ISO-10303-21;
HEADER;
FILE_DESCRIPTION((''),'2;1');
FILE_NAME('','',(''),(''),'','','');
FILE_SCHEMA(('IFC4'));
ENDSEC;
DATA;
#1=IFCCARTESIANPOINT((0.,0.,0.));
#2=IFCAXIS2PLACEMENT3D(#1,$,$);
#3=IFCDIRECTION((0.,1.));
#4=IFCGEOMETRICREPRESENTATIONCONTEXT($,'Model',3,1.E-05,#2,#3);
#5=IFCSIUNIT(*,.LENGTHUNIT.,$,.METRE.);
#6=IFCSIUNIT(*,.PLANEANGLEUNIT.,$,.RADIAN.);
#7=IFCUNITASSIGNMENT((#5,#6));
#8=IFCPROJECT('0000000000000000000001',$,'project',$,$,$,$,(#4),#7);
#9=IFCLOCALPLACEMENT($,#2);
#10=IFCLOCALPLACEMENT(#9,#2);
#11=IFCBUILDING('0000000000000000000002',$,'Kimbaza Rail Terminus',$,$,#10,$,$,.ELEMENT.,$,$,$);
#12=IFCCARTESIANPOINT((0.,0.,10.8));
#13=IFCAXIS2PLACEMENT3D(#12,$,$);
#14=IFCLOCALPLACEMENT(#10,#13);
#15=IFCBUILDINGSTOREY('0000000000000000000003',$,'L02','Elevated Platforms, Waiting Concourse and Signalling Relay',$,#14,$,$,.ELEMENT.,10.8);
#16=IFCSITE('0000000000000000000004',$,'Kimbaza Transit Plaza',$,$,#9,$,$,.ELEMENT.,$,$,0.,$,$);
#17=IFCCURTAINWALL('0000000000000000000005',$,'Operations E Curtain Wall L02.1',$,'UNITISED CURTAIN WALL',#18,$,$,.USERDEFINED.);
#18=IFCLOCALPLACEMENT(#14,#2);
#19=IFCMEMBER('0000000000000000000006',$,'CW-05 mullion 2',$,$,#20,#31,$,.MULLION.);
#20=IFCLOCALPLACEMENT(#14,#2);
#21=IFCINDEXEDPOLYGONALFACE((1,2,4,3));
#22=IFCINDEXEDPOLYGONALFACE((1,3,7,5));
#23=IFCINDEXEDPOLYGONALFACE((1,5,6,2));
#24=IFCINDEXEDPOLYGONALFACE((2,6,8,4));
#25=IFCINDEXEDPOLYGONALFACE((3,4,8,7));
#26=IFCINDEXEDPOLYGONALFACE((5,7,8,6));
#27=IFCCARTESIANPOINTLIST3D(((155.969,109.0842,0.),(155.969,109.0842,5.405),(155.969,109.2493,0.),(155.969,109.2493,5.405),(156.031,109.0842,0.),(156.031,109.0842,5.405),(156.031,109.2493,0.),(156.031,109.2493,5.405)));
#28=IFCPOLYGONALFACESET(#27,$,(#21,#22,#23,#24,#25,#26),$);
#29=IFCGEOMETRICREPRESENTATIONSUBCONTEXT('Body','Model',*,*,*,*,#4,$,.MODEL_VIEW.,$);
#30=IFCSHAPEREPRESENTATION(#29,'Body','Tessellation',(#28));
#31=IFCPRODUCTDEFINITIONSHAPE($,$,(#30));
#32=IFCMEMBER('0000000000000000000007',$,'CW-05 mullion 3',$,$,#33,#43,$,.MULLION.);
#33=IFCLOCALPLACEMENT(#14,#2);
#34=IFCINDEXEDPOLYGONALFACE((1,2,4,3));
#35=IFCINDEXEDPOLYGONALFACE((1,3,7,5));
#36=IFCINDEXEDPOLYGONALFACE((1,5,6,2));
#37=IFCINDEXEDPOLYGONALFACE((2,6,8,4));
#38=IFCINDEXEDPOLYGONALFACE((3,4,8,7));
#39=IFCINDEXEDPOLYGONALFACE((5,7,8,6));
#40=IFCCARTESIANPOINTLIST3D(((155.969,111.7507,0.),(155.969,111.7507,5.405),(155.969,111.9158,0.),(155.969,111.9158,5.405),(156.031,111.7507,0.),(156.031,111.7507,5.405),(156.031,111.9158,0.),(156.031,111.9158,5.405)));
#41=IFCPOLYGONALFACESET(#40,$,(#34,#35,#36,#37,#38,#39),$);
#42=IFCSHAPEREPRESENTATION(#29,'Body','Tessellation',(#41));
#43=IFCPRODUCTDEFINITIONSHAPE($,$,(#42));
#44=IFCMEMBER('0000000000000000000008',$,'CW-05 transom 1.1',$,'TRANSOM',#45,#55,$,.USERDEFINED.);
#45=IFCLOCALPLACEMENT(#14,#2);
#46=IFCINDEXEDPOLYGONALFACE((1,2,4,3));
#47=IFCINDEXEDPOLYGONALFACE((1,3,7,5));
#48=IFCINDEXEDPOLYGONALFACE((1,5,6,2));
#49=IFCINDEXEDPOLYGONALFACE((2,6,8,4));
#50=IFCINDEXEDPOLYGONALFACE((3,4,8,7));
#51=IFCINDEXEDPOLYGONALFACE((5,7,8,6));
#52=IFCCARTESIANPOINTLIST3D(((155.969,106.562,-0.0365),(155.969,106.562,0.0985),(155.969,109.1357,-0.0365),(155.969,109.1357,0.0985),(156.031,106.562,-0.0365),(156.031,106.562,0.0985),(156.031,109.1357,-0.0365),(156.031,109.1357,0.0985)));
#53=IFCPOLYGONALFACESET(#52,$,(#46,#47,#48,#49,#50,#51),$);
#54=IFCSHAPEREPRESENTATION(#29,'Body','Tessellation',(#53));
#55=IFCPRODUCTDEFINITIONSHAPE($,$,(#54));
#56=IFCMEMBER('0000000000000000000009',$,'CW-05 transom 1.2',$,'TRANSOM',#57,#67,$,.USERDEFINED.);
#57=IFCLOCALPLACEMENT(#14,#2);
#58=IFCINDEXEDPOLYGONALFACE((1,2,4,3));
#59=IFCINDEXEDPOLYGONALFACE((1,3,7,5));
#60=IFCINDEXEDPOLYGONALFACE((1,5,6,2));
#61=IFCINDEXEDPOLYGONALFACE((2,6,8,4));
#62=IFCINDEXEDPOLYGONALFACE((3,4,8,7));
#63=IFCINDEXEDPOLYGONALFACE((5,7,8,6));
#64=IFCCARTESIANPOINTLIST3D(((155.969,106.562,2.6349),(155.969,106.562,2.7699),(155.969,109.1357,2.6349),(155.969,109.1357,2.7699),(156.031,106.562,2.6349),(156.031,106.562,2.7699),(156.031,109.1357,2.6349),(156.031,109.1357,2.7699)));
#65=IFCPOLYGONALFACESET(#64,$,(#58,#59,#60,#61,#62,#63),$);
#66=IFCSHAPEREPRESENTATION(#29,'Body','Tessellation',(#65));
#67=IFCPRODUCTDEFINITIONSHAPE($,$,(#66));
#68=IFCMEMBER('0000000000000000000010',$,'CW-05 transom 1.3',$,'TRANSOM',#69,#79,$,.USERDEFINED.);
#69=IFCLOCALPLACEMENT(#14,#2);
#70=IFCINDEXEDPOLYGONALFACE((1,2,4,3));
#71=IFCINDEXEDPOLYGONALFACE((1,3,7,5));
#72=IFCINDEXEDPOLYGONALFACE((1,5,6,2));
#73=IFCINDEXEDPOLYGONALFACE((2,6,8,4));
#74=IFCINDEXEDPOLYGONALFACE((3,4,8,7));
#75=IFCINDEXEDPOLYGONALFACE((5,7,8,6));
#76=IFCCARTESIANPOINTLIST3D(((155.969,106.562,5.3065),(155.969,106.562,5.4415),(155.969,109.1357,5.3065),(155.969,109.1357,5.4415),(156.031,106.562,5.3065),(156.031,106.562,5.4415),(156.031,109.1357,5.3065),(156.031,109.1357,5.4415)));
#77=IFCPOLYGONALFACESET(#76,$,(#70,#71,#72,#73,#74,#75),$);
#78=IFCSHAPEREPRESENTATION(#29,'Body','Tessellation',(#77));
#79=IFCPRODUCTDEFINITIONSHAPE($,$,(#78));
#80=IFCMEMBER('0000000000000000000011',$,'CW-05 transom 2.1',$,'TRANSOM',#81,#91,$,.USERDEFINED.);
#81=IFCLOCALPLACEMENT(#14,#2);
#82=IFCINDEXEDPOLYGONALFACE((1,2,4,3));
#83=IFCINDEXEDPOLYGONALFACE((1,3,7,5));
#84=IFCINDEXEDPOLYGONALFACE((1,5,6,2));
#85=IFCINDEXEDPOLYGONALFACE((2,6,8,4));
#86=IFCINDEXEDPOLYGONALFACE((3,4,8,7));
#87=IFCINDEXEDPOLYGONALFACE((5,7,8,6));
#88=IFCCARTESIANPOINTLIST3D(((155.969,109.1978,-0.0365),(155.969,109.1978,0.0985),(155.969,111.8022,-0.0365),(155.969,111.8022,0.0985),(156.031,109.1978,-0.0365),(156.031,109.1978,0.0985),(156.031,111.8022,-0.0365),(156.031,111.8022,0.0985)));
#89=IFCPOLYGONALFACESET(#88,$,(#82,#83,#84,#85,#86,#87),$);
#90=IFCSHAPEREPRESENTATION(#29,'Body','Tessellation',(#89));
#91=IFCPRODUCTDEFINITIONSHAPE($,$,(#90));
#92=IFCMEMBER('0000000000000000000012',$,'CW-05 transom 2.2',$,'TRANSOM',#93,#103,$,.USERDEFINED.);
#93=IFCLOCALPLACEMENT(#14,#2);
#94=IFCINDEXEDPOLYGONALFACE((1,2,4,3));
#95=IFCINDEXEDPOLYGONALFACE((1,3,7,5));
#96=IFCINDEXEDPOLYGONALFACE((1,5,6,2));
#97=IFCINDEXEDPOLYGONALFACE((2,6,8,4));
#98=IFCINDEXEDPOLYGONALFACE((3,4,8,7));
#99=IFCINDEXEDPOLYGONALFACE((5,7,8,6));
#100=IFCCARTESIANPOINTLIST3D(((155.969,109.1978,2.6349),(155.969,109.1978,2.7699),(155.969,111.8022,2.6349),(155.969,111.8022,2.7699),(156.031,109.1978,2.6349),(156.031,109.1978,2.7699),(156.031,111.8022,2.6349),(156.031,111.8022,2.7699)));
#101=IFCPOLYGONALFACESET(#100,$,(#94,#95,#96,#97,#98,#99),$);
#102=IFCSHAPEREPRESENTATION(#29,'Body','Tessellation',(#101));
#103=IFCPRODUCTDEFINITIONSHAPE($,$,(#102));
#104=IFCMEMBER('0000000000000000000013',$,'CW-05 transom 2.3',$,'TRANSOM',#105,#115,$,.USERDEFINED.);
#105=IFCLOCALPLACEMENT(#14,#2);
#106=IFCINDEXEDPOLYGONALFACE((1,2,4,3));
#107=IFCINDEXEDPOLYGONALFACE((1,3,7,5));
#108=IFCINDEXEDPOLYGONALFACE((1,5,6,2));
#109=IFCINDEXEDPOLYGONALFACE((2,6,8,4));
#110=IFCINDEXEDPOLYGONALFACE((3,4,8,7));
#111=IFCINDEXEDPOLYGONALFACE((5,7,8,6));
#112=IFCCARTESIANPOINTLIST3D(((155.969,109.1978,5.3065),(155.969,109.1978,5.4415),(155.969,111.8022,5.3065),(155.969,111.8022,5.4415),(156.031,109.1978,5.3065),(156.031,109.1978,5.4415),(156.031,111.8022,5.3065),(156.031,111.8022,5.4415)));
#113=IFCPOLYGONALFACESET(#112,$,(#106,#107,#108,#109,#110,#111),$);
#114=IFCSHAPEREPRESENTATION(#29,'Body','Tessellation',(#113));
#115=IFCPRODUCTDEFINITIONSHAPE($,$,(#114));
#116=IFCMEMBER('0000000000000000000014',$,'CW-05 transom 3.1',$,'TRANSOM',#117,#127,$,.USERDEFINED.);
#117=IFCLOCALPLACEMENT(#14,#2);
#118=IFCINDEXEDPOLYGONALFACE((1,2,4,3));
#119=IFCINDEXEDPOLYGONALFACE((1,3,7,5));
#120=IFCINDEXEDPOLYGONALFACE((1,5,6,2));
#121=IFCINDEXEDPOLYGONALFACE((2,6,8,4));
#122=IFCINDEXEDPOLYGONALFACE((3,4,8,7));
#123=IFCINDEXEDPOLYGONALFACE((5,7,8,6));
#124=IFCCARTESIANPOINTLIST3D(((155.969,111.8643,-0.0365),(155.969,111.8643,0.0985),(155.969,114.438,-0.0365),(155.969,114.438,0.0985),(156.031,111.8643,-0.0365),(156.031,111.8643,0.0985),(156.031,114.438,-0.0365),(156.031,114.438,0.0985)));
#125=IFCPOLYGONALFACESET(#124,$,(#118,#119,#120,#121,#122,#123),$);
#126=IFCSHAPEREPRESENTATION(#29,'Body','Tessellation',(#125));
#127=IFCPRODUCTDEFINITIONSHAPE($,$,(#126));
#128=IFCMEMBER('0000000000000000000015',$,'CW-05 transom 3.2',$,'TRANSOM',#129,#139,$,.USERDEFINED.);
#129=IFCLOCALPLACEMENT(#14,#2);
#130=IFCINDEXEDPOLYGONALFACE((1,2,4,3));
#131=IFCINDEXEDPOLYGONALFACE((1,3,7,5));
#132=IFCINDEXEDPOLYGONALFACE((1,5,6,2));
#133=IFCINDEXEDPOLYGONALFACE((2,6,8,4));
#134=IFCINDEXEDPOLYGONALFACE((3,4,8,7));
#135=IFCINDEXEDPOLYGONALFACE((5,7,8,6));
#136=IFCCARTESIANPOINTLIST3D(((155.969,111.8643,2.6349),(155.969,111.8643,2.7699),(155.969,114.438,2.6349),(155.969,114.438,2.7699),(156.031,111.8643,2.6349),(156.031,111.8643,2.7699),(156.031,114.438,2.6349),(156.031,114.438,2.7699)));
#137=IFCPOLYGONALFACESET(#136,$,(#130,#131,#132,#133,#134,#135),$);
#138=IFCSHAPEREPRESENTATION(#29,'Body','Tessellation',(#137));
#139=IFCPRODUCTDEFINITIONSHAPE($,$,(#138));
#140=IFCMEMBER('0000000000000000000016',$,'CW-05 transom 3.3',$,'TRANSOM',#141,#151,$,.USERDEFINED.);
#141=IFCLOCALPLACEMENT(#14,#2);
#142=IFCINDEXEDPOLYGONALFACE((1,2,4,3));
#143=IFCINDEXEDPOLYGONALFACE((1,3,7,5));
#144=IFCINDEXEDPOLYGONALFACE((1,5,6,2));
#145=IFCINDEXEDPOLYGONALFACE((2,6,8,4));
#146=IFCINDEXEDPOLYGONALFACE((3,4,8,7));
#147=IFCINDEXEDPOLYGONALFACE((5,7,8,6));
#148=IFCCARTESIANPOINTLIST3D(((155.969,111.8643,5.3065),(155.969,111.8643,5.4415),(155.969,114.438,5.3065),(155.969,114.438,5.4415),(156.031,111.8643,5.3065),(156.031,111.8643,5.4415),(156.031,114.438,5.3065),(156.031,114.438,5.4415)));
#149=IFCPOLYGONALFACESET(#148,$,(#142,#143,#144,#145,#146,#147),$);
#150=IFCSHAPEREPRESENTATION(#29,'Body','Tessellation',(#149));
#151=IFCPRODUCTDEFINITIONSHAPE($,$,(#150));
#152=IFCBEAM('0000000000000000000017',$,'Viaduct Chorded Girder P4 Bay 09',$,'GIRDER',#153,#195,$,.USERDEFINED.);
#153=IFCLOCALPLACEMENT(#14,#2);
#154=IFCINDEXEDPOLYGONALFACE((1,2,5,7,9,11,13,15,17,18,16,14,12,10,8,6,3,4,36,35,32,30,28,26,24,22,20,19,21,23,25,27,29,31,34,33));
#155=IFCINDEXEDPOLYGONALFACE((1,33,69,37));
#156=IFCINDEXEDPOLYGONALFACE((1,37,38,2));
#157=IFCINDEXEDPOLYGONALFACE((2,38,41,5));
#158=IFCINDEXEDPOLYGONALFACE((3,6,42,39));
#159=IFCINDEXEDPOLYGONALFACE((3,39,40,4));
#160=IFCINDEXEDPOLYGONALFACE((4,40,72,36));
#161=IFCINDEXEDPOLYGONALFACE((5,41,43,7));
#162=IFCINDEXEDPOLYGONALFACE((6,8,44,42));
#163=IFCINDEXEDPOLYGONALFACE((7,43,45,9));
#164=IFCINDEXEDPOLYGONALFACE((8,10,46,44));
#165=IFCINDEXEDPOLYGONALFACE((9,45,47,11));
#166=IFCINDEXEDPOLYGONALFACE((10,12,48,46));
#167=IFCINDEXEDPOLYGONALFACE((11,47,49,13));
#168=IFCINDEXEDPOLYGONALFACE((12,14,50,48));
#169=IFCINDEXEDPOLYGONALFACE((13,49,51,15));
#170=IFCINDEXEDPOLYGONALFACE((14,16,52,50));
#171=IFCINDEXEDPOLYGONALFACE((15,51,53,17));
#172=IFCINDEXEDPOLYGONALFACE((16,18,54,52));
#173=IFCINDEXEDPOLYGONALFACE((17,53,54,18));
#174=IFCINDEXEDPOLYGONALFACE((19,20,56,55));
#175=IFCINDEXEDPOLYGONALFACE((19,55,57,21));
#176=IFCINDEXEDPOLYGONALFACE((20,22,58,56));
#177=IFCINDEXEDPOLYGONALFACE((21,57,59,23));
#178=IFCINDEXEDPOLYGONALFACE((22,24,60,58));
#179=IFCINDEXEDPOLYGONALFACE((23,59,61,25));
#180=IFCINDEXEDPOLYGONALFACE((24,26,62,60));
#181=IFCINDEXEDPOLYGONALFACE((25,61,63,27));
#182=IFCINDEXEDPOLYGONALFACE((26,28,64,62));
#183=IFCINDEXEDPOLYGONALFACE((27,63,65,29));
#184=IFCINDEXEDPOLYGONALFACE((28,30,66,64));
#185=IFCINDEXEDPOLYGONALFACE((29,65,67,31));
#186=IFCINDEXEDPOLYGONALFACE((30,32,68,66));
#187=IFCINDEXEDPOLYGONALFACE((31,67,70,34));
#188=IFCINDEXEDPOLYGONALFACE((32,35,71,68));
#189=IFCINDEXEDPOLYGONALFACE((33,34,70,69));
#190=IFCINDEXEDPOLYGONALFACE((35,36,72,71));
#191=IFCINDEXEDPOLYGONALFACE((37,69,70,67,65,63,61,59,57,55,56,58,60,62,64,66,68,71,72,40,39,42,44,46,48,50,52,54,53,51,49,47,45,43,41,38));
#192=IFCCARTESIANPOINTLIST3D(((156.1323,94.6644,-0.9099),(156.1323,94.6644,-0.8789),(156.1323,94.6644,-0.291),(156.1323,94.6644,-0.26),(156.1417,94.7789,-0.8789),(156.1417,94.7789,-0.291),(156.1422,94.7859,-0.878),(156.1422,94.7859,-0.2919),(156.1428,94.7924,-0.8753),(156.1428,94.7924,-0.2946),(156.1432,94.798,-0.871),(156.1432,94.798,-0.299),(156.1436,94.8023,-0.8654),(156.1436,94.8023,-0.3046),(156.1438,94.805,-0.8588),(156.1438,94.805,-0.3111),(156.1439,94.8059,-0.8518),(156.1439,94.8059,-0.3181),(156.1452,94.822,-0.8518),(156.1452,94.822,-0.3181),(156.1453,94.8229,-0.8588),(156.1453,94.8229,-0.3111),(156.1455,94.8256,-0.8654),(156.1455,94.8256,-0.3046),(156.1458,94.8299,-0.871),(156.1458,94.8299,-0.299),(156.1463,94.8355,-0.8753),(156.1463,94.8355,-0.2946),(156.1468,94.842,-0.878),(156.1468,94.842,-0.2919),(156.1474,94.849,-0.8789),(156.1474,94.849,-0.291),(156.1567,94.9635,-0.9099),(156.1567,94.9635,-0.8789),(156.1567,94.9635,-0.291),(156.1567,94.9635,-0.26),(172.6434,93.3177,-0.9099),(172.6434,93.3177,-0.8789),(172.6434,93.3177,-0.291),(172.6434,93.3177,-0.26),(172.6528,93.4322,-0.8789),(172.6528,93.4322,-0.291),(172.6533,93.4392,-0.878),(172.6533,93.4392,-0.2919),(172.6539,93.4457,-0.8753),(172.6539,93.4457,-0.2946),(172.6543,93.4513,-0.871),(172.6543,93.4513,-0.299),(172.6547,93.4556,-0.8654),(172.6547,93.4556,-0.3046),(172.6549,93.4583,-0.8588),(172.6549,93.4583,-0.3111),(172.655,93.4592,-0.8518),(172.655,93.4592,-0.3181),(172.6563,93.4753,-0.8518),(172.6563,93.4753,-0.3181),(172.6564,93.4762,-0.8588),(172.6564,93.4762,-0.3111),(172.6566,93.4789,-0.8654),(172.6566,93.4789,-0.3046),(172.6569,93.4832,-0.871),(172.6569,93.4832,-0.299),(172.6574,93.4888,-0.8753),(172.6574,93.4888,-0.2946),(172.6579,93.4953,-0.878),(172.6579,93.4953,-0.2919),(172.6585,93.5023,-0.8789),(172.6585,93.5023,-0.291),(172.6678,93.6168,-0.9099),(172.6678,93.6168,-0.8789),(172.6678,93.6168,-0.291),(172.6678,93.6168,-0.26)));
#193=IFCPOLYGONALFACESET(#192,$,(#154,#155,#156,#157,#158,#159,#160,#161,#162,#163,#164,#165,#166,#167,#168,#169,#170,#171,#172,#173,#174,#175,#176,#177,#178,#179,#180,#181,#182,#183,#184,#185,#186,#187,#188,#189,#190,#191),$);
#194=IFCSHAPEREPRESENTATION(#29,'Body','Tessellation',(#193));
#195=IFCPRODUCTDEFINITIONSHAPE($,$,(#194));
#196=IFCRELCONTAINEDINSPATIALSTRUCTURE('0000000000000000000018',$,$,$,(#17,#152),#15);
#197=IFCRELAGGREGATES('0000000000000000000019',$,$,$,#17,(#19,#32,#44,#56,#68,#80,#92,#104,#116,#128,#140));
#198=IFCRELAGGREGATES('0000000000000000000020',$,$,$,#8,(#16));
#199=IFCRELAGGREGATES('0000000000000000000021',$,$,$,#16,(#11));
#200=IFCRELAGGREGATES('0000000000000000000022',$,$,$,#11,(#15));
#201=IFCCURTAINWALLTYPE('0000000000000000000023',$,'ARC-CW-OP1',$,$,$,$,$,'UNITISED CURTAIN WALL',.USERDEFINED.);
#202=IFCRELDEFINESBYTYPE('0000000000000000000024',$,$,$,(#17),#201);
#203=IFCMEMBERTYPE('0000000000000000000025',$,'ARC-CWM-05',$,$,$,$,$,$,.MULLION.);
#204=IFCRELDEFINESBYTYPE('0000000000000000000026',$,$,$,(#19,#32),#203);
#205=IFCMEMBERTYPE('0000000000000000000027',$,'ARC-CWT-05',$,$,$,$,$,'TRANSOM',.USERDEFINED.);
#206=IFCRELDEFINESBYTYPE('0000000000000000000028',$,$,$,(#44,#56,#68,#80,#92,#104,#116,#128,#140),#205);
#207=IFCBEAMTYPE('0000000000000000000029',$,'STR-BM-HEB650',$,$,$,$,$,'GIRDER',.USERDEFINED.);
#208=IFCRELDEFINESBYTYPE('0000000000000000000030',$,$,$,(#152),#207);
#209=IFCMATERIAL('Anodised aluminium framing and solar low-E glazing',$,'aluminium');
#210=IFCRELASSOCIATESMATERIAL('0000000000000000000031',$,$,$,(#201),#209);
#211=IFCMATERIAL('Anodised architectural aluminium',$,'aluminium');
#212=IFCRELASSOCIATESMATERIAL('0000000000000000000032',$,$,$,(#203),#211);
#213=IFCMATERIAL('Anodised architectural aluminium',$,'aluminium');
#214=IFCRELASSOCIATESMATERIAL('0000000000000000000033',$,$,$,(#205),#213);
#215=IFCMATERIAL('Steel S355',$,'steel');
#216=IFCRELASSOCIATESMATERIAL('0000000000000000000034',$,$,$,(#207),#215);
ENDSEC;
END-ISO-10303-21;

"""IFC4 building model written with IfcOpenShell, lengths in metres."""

from ifc_helpers import new_model, si_unit, direction, frame, origin, origin_2d, place, context, subcontext, project, spatial, rectangle, i_section, extrude, material, material_profile, profile_set, type_object, element, aggregate, save


model = new_model("IFC4")

# Units and contexts
model_context = context("Model", 3, precision=1e-05, world=origin(), true_north=direction((0.0, 1.0)))
body_context = subcontext(model_context, "Body", "Model", "MODEL_VIEW")
ifc_project = project(units=[si_unit("LENGTHUNIT", "METRE"), si_unit("PLANEANGLEUNIT", "RADIAN")], contexts=[model_context])

# Site, building, storey
site_placement = place(None, origin())
site = spatial("IfcSite", under=ifc_project, at=site_placement, Name="Kimbaza Transit Plaza", CompositionType="ELEMENT", RefElevation=0.0)
building_placement = place(site_placement, origin())
building = spatial("IfcBuilding", under=site, at=building_placement, Name="Kimbaza Rail Terminus", CompositionType="ELEMENT")
storey_placement = place(building_placement, frame((0.0, 0.0, 10.8)))
storey = spatial("IfcBuildingStorey", under=building, at=storey_placement, Name="L02", Description="Elevated Platforms, Waiting Concourse and Signalling Relay", CompositionType="ELEMENT", Elevation=10.8)

# Curtain wall, members
ifc_material_1 = material(Name="Anodised aluminium framing and solar low-E glazing", Category="aluminium")
curtain_wall_type = type_object("IfcCurtainWallType", Name="ARC-CW-OP1", ElementType="UNITISED CURTAIN WALL", PredefinedType="USERDEFINED", material=ifc_material_1)
curtain_wall_placement = place(storey_placement, origin())
curtain_wall = element("IfcCurtainWall", 1, at=curtain_wall_placement, inside=storey, type_object=curtain_wall_type, Name="Operations E Curtain Wall L02.1", ObjectType="UNITISED CURTAIN WALL", PredefinedType="USERDEFINED")
ifc_material_2 = material(Name="Anodised architectural aluminium", Category="aluminium")
ifc_material_profile_1 = material_profile(ifc_material_2, rectangle(XDim=0.062, YDim=0.165, at=origin_2d()), Name="MULLION 62x165")
ifc_profile_set_1 = profile_set([ifc_material_profile_1], Name="Anodised architectural aluminium")
member_type_1 = type_object("IfcMemberType", Name="ARC-CWM-05", PredefinedType="MULLION", material=ifc_profile_set_1)
member_1_placement = place(storey_placement, frame((156.0, 109.1667, 0.0), z_axis=(0.0, 0.0, 1.0), x_axis=(-1.0, 0.0, 0.0)))
member_1 = element("IfcMember", 2, at=member_1_placement, type_object=member_type_1, Name="CW-05 mullion 2", PredefinedType="MULLION", context=body_context, shape_type="SweptSolid", body=[
    extrude(rectangle(XDim=0.062, YDim=0.165, at=origin_2d()), origin(), (0.0, 0.0, 1.0), 5.405),
])
member_2_placement = place(storey_placement, frame((156.0, 111.8333, 0.0), z_axis=(0.0, 0.0, 1.0), x_axis=(-1.0, 0.0, 0.0)))
member_2 = element("IfcMember", 3, at=member_2_placement, type_object=member_type_1, Name="CW-05 mullion 3", PredefinedType="MULLION", context=body_context, shape_type="SweptSolid", body=[
    extrude(rectangle(XDim=0.062, YDim=0.165, at=origin_2d()), origin(), (0.0, 0.0, 1.0), 5.405),
])
ifc_material_3 = material(Name="Anodised architectural aluminium", Category="aluminium")
ifc_material_profile_2 = material_profile(ifc_material_3, rectangle(XDim=0.062, YDim=0.135, at=origin_2d()), Name="TRANSOM 62x135")
ifc_profile_set_2 = profile_set([ifc_material_profile_2], Name="Anodised architectural aluminium")
member_type_2 = type_object("IfcMemberType", Name="ARC-CWT-05", ElementType="TRANSOM", PredefinedType="USERDEFINED", material=ifc_profile_set_2)
member_3_placement = place(storey_placement, frame((156.0, 106.562, 0.031), z_axis=(0.0, 1.0, 0.0), x_axis=(-1.0, 0.0, 0.0)))
member_3 = element("IfcMember", 4, at=member_3_placement, type_object=member_type_2, Name="CW-05 transom 1.1", ObjectType="TRANSOM", PredefinedType="USERDEFINED", context=body_context, shape_type="SweptSolid", body=[
    extrude(rectangle(XDim=0.062, YDim=0.135, at=origin_2d()), origin(), (0.0, 0.0, 1.0), 2.5737),
])
member_4_placement = place(storey_placement, frame((156.0, 106.562, 2.7024), z_axis=(0.0, 1.0, 0.0), x_axis=(-1.0, 0.0, 0.0)))
member_4 = element("IfcMember", 5, at=member_4_placement, type_object=member_type_2, Name="CW-05 transom 1.2", ObjectType="TRANSOM", PredefinedType="USERDEFINED", context=body_context, shape_type="SweptSolid", body=[
    extrude(rectangle(XDim=0.062, YDim=0.135, at=origin_2d()), origin(), (0.0, 0.0, 1.0), 2.5737),
])
member_5_placement = place(storey_placement, frame((156.0, 106.562, 5.374), z_axis=(0.0, 1.0, 0.0), x_axis=(-1.0, 0.0, 0.0)))
member_5 = element("IfcMember", 6, at=member_5_placement, type_object=member_type_2, Name="CW-05 transom 1.3", ObjectType="TRANSOM", PredefinedType="USERDEFINED", context=body_context, shape_type="SweptSolid", body=[
    extrude(rectangle(XDim=0.062, YDim=0.135, at=origin_2d()), origin(), (0.0, 0.0, 1.0), 2.5737),
])
member_6_placement = place(storey_placement, frame((156.0, 109.1978, 0.031), z_axis=(0.0, 1.0, 0.0), x_axis=(-1.0, 0.0, 0.0)))
member_6 = element("IfcMember", 7, at=member_6_placement, type_object=member_type_2, Name="CW-05 transom 2.1", ObjectType="TRANSOM", PredefinedType="USERDEFINED", context=body_context, shape_type="SweptSolid", body=[
    extrude(rectangle(XDim=0.062, YDim=0.135, at=origin_2d()), origin(), (0.0, 0.0, 1.0), 2.6045),
])
member_7_placement = place(storey_placement, frame((156.0, 109.1978, 2.7024), z_axis=(0.0, 1.0, 0.0), x_axis=(-1.0, 0.0, 0.0)))
member_7 = element("IfcMember", 8, at=member_7_placement, type_object=member_type_2, Name="CW-05 transom 2.2", ObjectType="TRANSOM", PredefinedType="USERDEFINED", context=body_context, shape_type="SweptSolid", body=[
    extrude(rectangle(XDim=0.062, YDim=0.135, at=origin_2d()), origin(), (0.0, 0.0, 1.0), 2.6045),
])
member_8_placement = place(storey_placement, frame((156.0, 109.1978, 5.374), z_axis=(0.0, 1.0, 0.0), x_axis=(-1.0, 0.0, 0.0)))
member_8 = element("IfcMember", 9, at=member_8_placement, type_object=member_type_2, Name="CW-05 transom 2.3", ObjectType="TRANSOM", PredefinedType="USERDEFINED", context=body_context, shape_type="SweptSolid", body=[
    extrude(rectangle(XDim=0.062, YDim=0.135, at=origin_2d()), origin(), (0.0, 0.0, 1.0), 2.6045),
])
member_9_placement = place(storey_placement, frame((156.0, 111.8643, 0.031), z_axis=(0.0, 1.0, 0.0), x_axis=(-1.0, 0.0, 0.0)))
member_9 = element("IfcMember", 10, at=member_9_placement, type_object=member_type_2, Name="CW-05 transom 3.1", ObjectType="TRANSOM", PredefinedType="USERDEFINED", context=body_context, shape_type="SweptSolid", body=[
    extrude(rectangle(XDim=0.062, YDim=0.135, at=origin_2d()), origin(), (0.0, 0.0, 1.0), 2.5737),
])
member_10_placement = place(storey_placement, frame((156.0, 111.8643, 2.7024), z_axis=(0.0, 1.0, 0.0), x_axis=(-1.0, 0.0, 0.0)))
member_10 = element("IfcMember", 11, at=member_10_placement, type_object=member_type_2, Name="CW-05 transom 3.2", ObjectType="TRANSOM", PredefinedType="USERDEFINED", context=body_context, shape_type="SweptSolid", body=[
    extrude(rectangle(XDim=0.062, YDim=0.135, at=origin_2d()), origin(), (0.0, 0.0, 1.0), 2.5737),
])
member_11_placement = place(storey_placement, frame((156.0, 111.8643, 5.374), z_axis=(0.0, 1.0, 0.0), x_axis=(-1.0, 0.0, 0.0)))
member_11 = element("IfcMember", 12, at=member_11_placement, type_object=member_type_2, Name="CW-05 transom 3.3", ObjectType="TRANSOM", PredefinedType="USERDEFINED", context=body_context, shape_type="SweptSolid", body=[
    extrude(rectangle(XDim=0.062, YDim=0.135, at=origin_2d()), origin(), (0.0, 0.0, 1.0), 2.5737),
])

# Beam
ifc_material_4 = material(Name="Steel S355", Category="steel")
ifc_material_profile_3 = material_profile(ifc_material_4, i_section(OverallWidth=0.3, OverallDepth=0.6499, WebThickness=0.0161, FlangeThickness=0.031, FilletRadius=0.0271, at=origin_2d()), Name="HEB 650")
ifc_profile_set_3 = profile_set([ifc_material_profile_3], Name="Steel S355")
beam_type = type_object("IfcBeamType", Name="STR-BM-HEB650", ElementType="GIRDER", PredefinedType="USERDEFINED", material=ifc_profile_set_3)
beam_placement = place(storey_placement, frame((156.1445, 94.814, -0.585), z_axis=(0.99669, -0.081293, 0.0), x_axis=(0.081293, 0.99669, 0.0)))
element("IfcBeam", 13, at=beam_placement, inside=storey, type_object=beam_type, Name="Viaduct Chorded Girder P4 Bay 09", ObjectType="GIRDER", PredefinedType="USERDEFINED", context=body_context, shape_type="SweptSolid", body=[
    extrude(i_section(OverallWidth=0.3, OverallDepth=0.6499, WebThickness=0.0161, FlangeThickness=0.031, FilletRadius=0.0271, at=origin_2d()), origin(), (0.0, 0.0, 1.0), 16.5659),
])

aggregate(curtain_wall, [member_1, member_2, member_3, member_4, member_5, member_6, member_7, member_8, member_9, member_10, member_11])

save(model, "model.ifc")
